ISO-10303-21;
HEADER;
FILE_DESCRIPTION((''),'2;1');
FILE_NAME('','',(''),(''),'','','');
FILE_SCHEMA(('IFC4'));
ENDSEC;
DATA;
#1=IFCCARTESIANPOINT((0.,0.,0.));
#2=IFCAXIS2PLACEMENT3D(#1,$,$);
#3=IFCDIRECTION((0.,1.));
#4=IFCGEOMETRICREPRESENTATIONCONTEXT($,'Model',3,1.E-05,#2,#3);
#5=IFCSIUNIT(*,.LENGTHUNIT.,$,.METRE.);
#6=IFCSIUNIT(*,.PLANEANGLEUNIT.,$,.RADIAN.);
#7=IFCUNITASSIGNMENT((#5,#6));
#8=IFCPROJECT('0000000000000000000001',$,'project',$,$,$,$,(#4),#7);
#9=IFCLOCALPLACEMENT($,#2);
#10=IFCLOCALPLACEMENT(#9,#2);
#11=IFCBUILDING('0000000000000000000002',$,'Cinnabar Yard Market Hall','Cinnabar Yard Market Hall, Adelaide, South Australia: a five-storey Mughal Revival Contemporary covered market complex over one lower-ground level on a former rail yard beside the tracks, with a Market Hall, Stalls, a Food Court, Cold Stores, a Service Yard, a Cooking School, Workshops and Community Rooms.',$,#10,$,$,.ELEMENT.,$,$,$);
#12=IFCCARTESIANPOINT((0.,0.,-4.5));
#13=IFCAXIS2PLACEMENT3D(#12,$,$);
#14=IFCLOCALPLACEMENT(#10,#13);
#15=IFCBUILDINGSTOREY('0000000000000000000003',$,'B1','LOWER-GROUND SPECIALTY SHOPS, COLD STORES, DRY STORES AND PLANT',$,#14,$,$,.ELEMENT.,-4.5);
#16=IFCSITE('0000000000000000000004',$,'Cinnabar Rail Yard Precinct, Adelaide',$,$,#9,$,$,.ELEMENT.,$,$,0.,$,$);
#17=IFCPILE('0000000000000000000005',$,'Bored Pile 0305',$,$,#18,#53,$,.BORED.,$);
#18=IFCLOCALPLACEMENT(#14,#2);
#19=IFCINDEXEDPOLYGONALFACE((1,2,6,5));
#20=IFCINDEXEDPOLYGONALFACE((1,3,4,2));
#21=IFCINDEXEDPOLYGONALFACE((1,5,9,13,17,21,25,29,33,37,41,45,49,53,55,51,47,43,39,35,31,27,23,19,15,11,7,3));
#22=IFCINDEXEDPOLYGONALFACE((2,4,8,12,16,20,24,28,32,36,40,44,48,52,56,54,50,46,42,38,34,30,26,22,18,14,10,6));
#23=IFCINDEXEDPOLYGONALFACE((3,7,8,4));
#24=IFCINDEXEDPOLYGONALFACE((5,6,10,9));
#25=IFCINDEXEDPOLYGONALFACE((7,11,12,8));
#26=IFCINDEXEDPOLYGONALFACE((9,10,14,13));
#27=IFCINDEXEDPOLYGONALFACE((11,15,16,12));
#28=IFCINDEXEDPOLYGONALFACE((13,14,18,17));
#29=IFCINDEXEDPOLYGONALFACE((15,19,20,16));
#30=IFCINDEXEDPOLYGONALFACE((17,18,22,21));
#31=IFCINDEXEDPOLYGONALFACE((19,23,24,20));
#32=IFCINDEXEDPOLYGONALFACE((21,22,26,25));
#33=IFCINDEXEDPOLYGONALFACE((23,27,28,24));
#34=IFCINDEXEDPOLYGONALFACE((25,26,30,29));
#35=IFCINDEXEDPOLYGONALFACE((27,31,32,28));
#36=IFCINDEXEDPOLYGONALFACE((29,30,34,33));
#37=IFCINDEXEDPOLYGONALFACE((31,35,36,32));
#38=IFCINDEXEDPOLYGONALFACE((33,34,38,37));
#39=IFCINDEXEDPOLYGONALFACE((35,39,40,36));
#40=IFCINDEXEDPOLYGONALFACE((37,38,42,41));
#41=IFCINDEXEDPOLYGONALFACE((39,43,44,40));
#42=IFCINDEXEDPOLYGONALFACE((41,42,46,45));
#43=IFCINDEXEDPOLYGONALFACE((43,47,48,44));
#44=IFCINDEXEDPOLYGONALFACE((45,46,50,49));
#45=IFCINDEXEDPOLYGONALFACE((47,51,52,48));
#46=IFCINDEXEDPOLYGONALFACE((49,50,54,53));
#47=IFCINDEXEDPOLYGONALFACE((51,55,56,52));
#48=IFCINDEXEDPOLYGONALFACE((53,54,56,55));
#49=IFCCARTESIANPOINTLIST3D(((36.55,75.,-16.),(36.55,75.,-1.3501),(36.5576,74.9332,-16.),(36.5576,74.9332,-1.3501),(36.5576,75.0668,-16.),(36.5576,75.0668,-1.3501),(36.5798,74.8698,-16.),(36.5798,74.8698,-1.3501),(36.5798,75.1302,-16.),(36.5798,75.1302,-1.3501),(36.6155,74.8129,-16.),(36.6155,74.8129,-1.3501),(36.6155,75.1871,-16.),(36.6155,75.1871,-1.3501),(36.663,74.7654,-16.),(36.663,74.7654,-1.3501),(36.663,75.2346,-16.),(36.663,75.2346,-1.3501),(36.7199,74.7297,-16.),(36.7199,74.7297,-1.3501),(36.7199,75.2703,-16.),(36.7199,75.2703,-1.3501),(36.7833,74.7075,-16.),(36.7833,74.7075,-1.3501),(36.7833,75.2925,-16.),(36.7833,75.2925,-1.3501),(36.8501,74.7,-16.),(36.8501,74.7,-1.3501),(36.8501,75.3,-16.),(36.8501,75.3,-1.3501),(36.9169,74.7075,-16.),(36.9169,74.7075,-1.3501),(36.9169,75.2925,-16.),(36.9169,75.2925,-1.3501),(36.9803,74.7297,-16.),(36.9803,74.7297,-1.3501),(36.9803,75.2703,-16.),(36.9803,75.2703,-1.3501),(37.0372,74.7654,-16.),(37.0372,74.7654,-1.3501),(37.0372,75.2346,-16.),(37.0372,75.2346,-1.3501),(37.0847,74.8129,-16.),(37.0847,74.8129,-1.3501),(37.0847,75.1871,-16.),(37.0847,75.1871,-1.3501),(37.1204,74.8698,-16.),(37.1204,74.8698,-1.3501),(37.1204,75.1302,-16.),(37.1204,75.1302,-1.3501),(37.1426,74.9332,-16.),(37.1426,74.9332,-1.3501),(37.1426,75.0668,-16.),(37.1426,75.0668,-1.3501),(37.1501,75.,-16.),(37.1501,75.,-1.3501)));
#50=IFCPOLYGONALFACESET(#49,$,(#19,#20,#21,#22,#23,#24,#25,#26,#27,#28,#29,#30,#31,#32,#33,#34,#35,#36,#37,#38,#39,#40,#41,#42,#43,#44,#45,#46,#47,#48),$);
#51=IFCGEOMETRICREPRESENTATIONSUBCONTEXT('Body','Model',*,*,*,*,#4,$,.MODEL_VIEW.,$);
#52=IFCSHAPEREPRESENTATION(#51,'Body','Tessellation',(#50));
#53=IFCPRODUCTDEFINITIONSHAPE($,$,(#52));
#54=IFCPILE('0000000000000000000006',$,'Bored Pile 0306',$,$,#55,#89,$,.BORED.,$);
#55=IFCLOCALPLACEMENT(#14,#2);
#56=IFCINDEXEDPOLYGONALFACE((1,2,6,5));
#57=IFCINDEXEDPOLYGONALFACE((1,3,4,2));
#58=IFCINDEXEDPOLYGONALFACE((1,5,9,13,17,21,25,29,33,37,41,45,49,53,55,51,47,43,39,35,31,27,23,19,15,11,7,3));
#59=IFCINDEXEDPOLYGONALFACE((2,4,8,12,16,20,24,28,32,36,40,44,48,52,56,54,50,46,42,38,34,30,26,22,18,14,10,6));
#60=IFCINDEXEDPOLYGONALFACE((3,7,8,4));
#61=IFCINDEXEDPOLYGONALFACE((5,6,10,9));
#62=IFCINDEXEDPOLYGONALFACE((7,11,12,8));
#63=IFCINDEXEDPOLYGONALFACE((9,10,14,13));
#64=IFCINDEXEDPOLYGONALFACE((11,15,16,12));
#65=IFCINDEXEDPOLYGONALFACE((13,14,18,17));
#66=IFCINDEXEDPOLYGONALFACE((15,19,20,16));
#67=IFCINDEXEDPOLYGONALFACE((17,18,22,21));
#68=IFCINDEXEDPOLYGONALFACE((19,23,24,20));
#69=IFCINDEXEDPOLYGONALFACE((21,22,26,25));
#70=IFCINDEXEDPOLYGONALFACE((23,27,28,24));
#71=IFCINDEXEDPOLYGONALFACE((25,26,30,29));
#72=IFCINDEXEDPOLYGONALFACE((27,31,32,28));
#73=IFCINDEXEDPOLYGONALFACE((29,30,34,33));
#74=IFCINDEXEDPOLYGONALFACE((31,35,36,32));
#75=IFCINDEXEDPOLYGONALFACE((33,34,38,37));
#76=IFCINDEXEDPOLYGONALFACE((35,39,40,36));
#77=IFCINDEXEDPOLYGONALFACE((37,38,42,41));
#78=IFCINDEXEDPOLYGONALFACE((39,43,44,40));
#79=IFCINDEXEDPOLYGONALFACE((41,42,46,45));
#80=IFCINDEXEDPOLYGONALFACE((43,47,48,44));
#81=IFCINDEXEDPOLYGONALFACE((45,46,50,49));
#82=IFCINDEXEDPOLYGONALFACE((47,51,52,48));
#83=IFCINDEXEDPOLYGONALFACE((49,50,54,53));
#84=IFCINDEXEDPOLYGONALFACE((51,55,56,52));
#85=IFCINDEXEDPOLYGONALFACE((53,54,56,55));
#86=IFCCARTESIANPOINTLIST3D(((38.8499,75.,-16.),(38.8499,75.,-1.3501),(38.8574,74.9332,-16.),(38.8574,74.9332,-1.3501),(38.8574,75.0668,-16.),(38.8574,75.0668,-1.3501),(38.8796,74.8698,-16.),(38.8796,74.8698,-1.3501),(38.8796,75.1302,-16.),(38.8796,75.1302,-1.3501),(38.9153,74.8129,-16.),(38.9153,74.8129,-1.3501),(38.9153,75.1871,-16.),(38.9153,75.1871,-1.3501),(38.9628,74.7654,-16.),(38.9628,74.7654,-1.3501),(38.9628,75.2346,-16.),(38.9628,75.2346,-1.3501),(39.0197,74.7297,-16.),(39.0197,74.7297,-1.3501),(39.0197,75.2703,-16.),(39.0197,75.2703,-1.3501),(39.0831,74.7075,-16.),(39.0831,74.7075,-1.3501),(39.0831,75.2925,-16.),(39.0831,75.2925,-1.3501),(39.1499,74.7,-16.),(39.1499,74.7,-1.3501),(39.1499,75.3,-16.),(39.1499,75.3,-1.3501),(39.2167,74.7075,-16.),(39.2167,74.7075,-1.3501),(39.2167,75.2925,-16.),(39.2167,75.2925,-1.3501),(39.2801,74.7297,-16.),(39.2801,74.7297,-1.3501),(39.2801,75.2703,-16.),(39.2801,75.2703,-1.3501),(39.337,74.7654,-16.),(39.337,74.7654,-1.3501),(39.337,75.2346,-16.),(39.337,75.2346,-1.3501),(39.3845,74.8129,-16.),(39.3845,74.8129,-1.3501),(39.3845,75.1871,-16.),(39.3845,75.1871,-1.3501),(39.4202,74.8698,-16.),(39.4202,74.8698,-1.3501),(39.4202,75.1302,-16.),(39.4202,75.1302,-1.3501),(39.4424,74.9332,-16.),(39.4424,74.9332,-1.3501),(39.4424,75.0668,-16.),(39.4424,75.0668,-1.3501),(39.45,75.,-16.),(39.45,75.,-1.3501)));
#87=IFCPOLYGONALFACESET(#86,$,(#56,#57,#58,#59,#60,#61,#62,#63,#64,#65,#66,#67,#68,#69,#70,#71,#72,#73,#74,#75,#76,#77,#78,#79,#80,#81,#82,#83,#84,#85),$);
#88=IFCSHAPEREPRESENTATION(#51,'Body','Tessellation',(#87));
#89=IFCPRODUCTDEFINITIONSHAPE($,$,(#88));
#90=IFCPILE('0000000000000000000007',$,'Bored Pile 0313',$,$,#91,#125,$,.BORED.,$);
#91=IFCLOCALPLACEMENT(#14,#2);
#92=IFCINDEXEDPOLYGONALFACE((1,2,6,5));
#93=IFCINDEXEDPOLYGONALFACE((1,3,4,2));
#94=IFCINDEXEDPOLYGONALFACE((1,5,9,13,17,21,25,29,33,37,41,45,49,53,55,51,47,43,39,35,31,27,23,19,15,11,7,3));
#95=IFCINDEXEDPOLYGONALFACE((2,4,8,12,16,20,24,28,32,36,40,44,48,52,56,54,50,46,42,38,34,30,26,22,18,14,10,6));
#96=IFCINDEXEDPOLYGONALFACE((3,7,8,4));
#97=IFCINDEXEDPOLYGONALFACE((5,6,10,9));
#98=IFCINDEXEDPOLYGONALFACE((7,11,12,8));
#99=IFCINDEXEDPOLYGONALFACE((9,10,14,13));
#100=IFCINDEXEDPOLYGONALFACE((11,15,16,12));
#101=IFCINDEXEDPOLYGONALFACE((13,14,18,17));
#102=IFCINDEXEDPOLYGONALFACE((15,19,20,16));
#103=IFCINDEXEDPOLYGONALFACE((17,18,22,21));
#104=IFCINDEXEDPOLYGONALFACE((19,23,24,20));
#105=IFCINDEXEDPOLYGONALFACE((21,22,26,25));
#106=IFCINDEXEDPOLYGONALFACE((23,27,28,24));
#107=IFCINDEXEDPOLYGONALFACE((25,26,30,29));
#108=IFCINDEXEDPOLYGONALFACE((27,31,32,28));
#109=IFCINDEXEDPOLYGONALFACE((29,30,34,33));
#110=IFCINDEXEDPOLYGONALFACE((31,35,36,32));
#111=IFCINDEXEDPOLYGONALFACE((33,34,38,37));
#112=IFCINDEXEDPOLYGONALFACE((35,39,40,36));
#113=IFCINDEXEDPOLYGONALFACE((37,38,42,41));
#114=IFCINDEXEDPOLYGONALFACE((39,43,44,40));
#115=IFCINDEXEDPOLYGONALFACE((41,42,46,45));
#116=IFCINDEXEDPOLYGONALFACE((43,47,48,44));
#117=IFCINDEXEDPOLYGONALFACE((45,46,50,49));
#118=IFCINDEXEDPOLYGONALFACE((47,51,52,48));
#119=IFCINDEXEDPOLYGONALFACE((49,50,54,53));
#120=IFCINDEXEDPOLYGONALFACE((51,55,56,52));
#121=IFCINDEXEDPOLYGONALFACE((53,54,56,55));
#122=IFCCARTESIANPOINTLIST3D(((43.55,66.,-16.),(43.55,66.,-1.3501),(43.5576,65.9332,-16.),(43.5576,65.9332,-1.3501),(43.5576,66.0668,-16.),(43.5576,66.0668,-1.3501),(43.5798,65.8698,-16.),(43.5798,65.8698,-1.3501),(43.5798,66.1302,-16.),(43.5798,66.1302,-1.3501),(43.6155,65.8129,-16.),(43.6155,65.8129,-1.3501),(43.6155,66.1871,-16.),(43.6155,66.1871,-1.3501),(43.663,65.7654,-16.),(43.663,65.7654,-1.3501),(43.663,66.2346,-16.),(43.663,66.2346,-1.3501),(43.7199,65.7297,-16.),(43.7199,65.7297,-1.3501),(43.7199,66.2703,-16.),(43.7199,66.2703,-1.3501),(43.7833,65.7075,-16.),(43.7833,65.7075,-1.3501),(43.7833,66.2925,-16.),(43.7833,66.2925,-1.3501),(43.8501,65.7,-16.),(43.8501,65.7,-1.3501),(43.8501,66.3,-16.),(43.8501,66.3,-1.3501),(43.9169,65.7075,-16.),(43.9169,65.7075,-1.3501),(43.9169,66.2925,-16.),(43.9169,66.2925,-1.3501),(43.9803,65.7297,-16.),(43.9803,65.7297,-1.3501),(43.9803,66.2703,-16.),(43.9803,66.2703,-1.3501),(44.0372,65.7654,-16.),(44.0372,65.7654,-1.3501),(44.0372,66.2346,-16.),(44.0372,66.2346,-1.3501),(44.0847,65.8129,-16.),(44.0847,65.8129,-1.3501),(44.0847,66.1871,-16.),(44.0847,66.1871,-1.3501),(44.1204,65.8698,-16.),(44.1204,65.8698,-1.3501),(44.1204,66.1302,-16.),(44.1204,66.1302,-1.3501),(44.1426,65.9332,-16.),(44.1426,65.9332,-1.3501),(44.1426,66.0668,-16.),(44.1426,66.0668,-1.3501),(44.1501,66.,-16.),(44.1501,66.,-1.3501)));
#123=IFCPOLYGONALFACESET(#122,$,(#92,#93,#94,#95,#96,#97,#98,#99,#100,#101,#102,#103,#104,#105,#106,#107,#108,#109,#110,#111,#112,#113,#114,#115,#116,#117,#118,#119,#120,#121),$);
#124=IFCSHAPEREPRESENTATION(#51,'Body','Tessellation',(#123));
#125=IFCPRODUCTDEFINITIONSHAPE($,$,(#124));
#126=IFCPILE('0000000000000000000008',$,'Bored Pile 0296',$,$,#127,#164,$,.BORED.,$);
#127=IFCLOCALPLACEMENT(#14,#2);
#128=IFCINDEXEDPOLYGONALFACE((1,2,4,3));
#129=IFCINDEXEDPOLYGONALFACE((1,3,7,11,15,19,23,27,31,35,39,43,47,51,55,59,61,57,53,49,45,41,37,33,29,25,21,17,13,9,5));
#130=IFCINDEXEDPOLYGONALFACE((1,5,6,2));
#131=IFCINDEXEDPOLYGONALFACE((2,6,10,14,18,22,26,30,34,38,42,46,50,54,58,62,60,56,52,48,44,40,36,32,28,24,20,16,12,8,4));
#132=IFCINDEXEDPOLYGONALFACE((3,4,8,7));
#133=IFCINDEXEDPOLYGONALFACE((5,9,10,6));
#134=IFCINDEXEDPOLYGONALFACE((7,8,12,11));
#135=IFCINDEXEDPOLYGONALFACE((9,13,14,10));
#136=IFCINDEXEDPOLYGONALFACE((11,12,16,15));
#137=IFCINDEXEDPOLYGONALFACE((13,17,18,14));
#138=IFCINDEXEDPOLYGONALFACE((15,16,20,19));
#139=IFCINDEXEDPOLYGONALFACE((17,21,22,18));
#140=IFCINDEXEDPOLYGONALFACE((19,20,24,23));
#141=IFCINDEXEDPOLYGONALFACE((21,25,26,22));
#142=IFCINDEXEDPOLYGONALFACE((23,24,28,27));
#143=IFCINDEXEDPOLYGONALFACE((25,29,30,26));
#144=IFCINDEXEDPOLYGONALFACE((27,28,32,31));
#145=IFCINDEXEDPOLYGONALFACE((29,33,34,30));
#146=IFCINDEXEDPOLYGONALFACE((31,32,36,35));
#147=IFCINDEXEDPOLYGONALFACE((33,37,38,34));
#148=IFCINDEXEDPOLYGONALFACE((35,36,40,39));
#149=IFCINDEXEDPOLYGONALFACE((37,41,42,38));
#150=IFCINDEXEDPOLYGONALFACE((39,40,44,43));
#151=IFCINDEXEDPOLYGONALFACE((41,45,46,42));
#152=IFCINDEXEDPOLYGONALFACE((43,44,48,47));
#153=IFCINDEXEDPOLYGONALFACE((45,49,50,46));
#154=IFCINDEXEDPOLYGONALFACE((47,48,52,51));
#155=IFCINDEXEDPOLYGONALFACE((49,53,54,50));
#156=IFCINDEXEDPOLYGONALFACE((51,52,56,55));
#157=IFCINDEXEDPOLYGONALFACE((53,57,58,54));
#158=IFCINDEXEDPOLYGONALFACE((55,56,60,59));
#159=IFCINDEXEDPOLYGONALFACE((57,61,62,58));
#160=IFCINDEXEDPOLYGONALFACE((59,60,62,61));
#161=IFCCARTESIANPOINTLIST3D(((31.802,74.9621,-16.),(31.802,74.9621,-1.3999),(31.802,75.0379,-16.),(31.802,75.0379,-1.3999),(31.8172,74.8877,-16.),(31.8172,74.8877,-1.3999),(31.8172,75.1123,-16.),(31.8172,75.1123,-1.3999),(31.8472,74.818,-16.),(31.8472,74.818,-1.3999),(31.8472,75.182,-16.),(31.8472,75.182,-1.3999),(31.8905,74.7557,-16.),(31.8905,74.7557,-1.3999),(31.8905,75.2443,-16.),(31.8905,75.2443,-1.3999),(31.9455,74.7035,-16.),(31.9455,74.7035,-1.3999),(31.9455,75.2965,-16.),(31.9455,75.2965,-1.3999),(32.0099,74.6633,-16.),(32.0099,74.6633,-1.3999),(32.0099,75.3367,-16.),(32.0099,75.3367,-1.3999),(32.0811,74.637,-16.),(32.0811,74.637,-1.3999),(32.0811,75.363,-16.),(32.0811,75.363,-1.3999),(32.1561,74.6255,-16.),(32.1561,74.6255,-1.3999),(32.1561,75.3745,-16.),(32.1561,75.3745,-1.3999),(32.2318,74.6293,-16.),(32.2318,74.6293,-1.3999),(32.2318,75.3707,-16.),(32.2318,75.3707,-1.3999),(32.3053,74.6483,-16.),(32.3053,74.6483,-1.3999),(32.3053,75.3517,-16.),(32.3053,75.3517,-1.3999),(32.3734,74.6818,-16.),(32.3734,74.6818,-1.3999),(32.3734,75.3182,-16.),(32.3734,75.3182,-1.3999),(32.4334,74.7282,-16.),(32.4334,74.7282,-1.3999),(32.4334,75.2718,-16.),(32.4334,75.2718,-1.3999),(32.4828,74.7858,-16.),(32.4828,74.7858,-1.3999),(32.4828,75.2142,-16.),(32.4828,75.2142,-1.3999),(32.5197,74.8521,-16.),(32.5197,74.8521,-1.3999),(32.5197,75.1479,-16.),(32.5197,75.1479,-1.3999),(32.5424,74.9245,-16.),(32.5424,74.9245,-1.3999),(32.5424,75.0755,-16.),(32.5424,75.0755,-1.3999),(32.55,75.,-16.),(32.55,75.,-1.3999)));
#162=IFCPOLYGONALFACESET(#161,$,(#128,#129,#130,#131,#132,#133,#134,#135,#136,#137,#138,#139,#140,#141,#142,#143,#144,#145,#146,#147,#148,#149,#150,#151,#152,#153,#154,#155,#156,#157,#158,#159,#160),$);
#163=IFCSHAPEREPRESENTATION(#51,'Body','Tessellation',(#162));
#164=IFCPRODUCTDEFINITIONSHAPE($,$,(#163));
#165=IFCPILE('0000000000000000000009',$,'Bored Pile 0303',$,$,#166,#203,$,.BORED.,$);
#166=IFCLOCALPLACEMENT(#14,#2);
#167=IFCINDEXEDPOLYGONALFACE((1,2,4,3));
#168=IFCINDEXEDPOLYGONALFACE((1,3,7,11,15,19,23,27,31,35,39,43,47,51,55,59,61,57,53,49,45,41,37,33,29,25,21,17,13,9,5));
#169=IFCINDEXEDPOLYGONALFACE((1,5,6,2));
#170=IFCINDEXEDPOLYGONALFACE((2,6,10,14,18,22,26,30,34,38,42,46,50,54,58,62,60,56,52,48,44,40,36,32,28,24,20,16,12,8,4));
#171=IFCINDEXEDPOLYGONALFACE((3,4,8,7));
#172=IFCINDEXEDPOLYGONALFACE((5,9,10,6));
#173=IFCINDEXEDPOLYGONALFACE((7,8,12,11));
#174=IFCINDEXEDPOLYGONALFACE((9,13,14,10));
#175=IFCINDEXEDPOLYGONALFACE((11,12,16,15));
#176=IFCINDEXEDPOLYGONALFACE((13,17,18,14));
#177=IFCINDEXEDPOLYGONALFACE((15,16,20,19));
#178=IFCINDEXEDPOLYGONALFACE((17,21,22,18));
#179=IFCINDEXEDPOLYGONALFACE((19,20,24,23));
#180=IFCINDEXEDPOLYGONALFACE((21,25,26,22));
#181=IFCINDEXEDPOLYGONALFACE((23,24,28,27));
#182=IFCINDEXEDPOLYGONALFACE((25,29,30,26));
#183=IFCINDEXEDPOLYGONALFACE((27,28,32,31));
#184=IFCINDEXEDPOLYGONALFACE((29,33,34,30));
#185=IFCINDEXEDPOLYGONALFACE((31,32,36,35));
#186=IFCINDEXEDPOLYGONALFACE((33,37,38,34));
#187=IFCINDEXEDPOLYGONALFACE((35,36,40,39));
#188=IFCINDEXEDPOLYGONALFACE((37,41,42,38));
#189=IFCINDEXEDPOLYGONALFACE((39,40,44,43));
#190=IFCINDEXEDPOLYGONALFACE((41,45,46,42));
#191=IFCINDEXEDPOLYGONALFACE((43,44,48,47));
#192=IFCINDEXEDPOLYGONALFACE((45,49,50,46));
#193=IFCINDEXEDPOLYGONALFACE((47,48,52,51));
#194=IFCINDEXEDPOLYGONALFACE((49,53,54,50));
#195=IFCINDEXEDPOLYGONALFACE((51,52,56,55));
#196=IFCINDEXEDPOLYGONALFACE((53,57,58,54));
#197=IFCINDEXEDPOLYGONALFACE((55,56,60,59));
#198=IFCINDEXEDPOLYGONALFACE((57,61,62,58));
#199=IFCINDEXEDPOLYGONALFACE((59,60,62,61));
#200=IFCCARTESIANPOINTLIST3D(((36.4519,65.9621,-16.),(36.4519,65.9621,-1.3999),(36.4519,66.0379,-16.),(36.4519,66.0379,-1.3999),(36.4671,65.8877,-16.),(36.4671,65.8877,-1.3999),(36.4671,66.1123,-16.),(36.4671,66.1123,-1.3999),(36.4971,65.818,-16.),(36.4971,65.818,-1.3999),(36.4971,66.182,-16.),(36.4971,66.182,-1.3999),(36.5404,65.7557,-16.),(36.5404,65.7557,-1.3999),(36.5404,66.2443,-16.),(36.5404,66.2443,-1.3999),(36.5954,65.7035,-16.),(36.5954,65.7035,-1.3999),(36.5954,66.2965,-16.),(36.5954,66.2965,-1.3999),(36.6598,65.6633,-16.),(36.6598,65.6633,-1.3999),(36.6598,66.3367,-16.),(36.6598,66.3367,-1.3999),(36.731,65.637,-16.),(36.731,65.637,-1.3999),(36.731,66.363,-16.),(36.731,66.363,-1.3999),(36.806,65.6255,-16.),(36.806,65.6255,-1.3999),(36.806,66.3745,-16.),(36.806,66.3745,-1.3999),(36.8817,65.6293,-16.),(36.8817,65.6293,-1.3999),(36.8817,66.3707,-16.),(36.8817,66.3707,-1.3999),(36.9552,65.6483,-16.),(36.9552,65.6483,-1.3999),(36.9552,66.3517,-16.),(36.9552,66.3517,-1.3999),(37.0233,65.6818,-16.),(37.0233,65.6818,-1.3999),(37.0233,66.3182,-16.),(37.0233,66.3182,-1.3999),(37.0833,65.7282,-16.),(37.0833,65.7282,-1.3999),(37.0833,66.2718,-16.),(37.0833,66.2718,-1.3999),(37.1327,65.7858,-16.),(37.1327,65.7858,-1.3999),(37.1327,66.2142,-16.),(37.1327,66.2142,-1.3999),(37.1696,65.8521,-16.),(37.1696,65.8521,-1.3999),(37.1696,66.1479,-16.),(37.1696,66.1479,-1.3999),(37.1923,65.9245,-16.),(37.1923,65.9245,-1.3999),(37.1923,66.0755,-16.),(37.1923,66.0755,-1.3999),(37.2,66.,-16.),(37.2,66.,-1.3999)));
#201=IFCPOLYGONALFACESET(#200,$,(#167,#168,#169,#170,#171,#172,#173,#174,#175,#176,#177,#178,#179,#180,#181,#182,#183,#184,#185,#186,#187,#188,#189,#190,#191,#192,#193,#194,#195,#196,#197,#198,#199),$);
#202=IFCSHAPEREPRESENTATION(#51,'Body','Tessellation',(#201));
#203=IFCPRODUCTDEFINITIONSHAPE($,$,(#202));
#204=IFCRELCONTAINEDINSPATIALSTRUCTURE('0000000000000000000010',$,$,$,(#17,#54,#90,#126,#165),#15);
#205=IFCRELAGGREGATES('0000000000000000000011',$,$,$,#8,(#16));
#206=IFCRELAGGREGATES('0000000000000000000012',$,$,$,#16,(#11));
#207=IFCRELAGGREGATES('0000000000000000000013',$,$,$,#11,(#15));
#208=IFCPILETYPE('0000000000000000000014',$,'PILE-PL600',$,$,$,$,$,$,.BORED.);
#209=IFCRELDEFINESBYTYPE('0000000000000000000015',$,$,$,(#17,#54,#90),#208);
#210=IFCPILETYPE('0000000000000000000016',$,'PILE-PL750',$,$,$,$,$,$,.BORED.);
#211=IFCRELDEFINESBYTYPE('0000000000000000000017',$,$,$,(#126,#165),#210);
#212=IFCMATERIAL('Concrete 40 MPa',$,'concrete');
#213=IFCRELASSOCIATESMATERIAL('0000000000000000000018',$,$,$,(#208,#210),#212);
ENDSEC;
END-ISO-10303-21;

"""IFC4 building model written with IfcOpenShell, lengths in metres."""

from ifc_helpers import new_model, si_unit, direction, frame, origin, origin_2d_with_axis, place, context, subcontext, project, spatial, circle, extrude, material, material_profile, profile_set, type_object, element, save


model = new_model("IFC4")

# Units and contexts
model_context = context("Model", 3, precision=1e-05, world=origin(), true_north=direction((0.0, 1.0)))
body_context = subcontext(model_context, "Body", "Model", "MODEL_VIEW")
ifc_project = project(units=[si_unit("LENGTHUNIT", "METRE"), si_unit("PLANEANGLEUNIT", "RADIAN")], contexts=[model_context])

# Site, building, storey
site_placement = place(None, origin())
site = spatial("IfcSite", under=ifc_project, at=site_placement, Name="Cinnabar Rail Yard Precinct, Adelaide", CompositionType="ELEMENT", RefElevation=0.0)
building_placement = place(site_placement, origin())
building = spatial("IfcBuilding", under=site, at=building_placement, Name="Cinnabar Yard Market Hall", Description="Cinnabar Yard Market Hall, Adelaide, South Australia: a five-storey Mughal Revival Contemporary covered market complex over one lower-ground level on a former rail yard beside the tracks, with a Market Hall, Stalls, a Food Court, Cold Stores, a Service Yard, a Cooking School, Workshops and Community Rooms.", CompositionType="ELEMENT")
storey_placement = place(building_placement, frame((0.0, 0.0, -4.5)))
storey = spatial("IfcBuildingStorey", under=building, at=storey_placement, Name="B1", Description="LOWER-GROUND SPECIALTY SHOPS, COLD STORES, DRY STORES AND PLANT", CompositionType="ELEMENT", Elevation=-4.5)

# Shared definitions
ifc_material_1 = material(Name="Concrete 40 MPa", Category="concrete")

# Piles
ifc_material_profile_1 = material_profile(ifc_material_1, circle(Radius=0.3, at=origin_2d_with_axis()), Name="PILE-D600")
ifc_profile_set_1 = profile_set([ifc_material_profile_1], Name="Concrete 40 MPa")
pile_type_1 = type_object("IfcPileType", Name="PILE-PL600", PredefinedType="BORED", material=ifc_profile_set_1)
for number, where, z_axis, x_axis, name in (
    (1, (36.8501, 75.0, -1.3501), (0.0, 0.0, -1.0), (1.0, 0.0, 0.0), "Bored Pile 0305"),
    (2, (39.1499, 75.0, -1.3501), (0.0, 0.0, -1.0), (1.0, 0.0, 0.0), "Bored Pile 0306"),
    (3, (43.8501, 66.0, -1.3501), (0.0, 0.0, -1.0), (1.0, 0.0, 0.0), "Bored Pile 0313"),
):
    element("IfcPile", number, at=place(storey_placement, frame(where, z_axis=z_axis, x_axis=x_axis)), inside=storey, type_object=pile_type_1, Name=name, PredefinedType="BORED", context=body_context, shape_type="SweptSolid", body=[
        extrude(circle(Radius=0.3, at=origin_2d_with_axis()), origin(), (0.0, 0.0, 1.0), 14.6499),
    ])
ifc_material_profile_2 = material_profile(ifc_material_1, circle(Radius=0.375, at=origin_2d_with_axis()), Name="PILE-D750")
ifc_profile_set_2 = profile_set([ifc_material_profile_2], Name="Concrete 40 MPa")
pile_type_2 = type_object("IfcPileType", Name="PILE-PL750", PredefinedType="BORED", material=ifc_profile_set_2)
for number, where, z_axis, x_axis, name in (
    (4, (32.175, 75.0, -1.3999), (0.0, 0.0, -1.0), (1.0, 0.0, 0.0), "Bored Pile 0296"),
    (5, (36.825, 66.0, -1.3999), (0.0, 0.0, -1.0), (1.0, 0.0, 0.0), "Bored Pile 0303"),
):
    element("IfcPile", number, at=place(storey_placement, frame(where, z_axis=z_axis, x_axis=x_axis)), inside=storey, type_object=pile_type_2, Name=name, PredefinedType="BORED", context=body_context, shape_type="SweptSolid", body=[
        extrude(circle(Radius=0.375, at=origin_2d_with_axis()), origin(), (0.0, 0.0, 1.0), 14.6001),
    ])

save(model, "model.ifc")
